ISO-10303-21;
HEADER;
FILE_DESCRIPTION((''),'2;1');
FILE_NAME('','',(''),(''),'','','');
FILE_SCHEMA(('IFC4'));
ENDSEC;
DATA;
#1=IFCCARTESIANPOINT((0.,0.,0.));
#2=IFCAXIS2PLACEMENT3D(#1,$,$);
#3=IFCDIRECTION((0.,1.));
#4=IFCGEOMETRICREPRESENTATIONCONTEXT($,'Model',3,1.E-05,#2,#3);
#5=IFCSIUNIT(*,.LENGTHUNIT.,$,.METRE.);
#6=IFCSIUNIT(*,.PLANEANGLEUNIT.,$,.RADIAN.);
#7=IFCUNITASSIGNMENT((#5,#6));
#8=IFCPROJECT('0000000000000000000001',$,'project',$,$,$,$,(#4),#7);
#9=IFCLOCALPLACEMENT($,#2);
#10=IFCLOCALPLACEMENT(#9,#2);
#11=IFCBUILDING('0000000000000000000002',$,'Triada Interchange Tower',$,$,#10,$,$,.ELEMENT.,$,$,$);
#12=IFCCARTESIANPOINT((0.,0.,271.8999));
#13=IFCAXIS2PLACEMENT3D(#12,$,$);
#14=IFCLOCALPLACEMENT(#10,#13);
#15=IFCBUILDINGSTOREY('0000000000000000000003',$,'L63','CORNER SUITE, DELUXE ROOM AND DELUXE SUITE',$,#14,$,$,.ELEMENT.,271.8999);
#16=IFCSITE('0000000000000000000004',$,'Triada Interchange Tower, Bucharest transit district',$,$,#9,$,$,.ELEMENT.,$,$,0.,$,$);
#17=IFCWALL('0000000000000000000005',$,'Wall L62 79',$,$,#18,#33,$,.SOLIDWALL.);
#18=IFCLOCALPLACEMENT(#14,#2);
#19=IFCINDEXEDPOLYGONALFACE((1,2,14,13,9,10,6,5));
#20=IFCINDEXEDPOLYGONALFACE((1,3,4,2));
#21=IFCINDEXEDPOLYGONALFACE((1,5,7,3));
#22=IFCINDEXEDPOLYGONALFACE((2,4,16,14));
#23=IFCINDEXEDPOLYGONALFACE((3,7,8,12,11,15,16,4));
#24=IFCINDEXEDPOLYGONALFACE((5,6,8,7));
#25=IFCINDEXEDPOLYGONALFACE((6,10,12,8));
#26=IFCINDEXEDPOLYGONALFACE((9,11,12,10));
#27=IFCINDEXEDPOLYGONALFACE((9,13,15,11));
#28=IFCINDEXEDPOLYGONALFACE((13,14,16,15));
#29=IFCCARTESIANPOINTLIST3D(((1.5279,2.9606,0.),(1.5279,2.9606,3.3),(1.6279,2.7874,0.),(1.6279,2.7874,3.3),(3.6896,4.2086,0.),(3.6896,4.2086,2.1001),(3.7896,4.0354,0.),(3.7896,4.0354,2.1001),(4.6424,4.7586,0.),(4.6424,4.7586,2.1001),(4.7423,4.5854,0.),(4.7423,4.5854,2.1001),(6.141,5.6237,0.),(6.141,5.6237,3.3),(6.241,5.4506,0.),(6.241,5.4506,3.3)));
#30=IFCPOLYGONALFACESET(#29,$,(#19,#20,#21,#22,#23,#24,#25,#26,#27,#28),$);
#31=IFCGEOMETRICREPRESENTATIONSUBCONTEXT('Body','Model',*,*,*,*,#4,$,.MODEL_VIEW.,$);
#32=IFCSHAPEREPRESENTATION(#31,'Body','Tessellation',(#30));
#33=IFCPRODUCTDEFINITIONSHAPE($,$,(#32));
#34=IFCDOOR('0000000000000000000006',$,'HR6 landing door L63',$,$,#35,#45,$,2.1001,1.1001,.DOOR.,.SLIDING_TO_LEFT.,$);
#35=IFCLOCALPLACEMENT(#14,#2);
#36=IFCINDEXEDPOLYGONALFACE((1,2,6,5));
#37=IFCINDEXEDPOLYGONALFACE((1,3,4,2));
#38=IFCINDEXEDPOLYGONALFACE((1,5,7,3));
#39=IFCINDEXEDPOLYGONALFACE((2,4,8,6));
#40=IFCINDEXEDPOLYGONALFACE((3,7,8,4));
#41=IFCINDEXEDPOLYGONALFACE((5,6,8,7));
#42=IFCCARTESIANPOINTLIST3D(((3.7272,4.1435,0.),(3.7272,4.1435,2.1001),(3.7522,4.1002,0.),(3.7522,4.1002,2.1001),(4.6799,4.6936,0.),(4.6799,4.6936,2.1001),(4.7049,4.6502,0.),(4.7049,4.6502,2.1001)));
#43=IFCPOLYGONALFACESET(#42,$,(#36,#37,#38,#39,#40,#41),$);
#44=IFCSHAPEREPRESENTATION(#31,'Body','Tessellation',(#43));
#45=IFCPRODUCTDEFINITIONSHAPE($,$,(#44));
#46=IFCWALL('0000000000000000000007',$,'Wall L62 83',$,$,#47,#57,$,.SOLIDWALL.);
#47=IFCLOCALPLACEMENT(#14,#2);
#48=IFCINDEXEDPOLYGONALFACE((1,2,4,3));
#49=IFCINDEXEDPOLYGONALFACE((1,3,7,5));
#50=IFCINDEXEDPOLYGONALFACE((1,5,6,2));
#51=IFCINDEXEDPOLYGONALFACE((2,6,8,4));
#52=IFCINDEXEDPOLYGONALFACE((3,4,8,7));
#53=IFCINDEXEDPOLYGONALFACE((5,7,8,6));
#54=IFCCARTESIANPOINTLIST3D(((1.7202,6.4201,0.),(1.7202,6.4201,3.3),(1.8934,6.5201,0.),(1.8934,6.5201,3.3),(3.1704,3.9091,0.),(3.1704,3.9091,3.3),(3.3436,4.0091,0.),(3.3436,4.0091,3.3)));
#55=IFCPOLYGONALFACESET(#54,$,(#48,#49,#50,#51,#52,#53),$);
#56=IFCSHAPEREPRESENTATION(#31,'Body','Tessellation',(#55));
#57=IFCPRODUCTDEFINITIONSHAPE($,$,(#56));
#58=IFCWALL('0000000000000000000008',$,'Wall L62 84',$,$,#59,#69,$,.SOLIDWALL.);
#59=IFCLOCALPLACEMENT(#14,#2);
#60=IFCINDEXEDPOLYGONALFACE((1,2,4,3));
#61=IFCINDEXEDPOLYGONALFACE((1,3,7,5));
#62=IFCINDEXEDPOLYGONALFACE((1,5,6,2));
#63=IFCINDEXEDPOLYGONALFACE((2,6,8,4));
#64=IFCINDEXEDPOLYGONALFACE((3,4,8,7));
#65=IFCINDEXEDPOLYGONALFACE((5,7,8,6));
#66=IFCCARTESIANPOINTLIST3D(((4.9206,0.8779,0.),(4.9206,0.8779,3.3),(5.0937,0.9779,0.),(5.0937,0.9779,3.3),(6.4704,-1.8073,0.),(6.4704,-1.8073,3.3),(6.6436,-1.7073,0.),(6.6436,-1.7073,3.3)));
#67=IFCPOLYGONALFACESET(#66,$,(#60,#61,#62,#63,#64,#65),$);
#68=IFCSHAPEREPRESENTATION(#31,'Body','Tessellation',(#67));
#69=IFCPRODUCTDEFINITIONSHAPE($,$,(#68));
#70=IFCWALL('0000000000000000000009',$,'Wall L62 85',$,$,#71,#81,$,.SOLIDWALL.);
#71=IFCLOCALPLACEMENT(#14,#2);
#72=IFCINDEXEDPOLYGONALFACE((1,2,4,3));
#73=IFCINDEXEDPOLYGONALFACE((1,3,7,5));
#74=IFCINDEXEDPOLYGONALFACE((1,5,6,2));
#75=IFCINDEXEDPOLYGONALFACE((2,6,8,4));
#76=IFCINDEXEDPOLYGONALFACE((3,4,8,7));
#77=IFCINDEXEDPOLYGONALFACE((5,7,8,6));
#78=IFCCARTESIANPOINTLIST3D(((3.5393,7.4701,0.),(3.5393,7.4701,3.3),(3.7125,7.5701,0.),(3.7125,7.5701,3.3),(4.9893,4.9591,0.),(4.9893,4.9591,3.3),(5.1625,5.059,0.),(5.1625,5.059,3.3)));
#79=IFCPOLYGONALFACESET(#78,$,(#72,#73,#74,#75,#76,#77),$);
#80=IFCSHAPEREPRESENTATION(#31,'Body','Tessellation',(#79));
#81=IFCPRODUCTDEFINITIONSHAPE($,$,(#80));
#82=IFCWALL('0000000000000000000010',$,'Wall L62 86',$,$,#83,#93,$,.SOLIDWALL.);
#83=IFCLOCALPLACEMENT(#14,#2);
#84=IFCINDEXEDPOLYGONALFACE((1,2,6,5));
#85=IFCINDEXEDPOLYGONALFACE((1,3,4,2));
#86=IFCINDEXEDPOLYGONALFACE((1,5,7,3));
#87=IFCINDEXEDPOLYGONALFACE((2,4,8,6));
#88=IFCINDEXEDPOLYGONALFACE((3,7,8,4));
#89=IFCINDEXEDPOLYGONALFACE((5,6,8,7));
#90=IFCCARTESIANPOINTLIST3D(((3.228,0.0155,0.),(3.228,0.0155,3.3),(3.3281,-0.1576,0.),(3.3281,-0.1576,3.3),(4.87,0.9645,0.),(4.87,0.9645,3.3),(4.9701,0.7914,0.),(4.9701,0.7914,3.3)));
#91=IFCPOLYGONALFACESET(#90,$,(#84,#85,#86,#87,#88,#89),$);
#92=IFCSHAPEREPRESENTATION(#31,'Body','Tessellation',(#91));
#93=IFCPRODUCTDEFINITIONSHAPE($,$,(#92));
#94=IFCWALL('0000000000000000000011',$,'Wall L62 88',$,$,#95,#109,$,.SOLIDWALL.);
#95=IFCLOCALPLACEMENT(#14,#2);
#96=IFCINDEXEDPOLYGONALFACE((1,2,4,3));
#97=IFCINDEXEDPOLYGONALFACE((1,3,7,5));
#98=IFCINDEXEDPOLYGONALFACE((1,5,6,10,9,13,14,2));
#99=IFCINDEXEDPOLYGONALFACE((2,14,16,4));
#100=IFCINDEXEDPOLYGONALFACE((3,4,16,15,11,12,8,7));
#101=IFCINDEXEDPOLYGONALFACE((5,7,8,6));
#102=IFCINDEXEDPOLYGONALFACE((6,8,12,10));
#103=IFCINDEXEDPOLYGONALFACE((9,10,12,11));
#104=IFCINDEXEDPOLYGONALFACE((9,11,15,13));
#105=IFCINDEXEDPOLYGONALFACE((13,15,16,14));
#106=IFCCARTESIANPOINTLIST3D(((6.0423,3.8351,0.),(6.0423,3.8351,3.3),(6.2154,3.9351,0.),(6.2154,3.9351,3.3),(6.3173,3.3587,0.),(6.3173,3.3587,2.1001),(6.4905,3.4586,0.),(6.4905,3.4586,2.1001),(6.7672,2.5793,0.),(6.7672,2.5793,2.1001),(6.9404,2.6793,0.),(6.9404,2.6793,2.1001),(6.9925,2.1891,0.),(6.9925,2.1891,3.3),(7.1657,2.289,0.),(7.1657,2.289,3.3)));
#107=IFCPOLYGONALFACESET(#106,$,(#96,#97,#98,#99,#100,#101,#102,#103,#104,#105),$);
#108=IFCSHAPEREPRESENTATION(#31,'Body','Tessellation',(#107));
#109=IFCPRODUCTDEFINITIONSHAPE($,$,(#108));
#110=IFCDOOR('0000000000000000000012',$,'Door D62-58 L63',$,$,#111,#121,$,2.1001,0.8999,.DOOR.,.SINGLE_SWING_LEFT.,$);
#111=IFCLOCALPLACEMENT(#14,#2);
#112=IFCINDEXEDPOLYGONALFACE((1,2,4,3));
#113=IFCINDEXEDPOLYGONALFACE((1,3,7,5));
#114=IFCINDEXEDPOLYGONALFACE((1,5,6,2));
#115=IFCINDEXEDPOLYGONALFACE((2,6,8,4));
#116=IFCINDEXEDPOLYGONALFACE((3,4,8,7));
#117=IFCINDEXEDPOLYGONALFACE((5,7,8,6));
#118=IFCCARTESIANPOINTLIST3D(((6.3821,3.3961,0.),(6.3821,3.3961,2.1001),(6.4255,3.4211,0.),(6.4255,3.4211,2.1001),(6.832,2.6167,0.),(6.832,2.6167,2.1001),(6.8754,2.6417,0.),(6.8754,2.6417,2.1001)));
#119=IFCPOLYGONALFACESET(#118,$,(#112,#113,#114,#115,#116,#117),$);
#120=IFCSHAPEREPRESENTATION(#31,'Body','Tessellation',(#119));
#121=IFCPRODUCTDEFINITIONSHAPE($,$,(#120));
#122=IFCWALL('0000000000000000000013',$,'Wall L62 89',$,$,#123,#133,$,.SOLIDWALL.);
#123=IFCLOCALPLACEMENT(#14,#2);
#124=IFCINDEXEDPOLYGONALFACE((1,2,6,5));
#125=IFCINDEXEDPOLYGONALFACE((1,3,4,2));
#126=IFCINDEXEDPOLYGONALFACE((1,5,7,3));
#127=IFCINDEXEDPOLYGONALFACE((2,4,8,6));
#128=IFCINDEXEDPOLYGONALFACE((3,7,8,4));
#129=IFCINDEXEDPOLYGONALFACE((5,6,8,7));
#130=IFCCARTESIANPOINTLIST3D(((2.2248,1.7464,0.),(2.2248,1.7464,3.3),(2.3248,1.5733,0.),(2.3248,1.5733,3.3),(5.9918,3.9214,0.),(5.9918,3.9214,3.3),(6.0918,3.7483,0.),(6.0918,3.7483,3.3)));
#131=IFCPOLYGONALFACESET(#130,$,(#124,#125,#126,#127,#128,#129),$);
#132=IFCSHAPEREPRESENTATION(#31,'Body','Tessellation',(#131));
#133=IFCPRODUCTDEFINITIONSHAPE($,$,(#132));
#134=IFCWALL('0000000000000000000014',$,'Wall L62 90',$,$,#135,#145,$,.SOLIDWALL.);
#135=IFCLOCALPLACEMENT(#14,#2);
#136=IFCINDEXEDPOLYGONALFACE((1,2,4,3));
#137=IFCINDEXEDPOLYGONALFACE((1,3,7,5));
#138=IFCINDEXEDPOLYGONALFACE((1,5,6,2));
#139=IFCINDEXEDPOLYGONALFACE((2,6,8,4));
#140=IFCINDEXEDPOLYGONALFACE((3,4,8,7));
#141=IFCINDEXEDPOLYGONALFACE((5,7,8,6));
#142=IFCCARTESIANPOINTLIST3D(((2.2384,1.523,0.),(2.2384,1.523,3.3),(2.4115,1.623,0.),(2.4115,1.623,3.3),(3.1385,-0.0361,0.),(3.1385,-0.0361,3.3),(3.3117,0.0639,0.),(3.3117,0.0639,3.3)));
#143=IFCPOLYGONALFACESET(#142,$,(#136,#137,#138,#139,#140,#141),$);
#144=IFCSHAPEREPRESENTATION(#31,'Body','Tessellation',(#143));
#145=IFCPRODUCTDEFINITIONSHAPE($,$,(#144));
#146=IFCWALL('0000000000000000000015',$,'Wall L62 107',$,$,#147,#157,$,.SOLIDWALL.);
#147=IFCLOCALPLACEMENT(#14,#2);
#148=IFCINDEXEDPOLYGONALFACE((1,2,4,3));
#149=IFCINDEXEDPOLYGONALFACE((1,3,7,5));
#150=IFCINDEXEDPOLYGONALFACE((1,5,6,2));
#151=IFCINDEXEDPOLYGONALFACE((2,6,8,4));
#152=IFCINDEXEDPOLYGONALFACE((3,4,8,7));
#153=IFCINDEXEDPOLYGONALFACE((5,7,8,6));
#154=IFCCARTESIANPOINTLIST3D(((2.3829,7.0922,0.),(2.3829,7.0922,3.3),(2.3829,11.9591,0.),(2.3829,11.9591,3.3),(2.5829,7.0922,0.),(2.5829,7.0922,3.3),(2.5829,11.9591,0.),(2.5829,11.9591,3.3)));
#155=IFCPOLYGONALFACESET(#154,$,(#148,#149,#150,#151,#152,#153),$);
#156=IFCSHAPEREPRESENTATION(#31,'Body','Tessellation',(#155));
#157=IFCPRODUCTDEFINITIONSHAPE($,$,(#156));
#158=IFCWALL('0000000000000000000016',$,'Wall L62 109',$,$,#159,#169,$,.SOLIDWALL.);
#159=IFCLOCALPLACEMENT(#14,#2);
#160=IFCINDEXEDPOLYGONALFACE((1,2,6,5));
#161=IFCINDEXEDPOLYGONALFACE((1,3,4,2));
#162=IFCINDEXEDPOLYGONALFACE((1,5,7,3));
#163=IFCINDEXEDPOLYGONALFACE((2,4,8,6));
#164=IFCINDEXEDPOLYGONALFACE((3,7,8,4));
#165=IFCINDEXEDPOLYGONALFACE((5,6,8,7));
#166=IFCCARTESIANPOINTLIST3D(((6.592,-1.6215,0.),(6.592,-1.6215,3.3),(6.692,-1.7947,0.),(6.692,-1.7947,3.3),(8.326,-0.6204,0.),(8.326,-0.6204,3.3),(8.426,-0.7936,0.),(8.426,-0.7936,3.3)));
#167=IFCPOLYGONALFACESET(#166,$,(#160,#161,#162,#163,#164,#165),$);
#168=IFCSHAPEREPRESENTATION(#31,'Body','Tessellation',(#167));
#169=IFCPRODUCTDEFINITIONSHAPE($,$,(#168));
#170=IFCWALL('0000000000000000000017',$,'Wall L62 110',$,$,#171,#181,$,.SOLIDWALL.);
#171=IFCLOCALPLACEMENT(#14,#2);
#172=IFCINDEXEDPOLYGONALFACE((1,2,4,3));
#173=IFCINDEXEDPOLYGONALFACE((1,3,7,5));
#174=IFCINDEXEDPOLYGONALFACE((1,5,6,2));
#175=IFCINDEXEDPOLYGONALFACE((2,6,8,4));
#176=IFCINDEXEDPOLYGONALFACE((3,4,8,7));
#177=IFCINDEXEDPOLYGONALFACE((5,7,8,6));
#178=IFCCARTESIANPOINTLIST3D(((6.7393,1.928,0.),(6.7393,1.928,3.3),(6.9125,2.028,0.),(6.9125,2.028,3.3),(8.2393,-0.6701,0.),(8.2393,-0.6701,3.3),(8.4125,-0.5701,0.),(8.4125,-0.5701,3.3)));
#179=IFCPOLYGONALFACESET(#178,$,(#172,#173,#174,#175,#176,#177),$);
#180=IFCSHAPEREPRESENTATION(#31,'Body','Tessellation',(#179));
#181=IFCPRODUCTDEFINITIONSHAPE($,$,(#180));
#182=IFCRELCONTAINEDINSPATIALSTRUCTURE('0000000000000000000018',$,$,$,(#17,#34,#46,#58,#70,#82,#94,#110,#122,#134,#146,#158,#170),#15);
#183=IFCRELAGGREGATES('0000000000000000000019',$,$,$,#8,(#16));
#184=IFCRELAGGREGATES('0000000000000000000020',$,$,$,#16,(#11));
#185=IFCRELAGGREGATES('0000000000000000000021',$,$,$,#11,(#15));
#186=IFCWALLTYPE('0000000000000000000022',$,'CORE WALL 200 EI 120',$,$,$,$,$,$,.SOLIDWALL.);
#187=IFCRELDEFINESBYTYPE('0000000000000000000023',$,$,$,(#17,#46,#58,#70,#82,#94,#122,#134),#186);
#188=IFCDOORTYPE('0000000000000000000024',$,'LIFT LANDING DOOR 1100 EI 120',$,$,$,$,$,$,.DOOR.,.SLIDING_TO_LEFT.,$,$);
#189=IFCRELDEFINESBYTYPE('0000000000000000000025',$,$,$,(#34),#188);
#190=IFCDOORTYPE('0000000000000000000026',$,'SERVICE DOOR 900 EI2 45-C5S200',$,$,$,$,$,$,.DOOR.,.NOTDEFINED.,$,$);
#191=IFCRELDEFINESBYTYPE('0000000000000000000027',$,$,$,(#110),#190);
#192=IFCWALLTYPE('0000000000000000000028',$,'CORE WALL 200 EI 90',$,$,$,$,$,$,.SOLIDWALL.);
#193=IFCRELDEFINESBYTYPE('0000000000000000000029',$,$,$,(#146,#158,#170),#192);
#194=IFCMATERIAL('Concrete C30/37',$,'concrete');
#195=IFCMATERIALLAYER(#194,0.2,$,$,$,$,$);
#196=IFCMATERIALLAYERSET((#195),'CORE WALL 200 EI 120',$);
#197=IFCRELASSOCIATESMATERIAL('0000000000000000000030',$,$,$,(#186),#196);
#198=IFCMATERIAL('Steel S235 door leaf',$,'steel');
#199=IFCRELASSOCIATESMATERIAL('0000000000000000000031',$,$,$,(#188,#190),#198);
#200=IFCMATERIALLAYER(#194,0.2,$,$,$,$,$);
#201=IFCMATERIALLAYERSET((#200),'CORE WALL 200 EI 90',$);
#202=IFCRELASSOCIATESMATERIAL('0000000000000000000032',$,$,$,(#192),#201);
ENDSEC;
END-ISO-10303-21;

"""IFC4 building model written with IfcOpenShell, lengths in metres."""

from ifc_helpers import new_model, si_unit, direction, frame, frame_2d, origin, place, context, subcontext, project, spatial, rectangle, extrude, material, layer, layer_set, type_object, element, fill, save


model = new_model("IFC4")

# Units and contexts
model_context = context("Model", 3, precision=1e-05, world=origin(), true_north=direction((0.0, 1.0)))
body_context = subcontext(model_context, "Body", "Model", "MODEL_VIEW")
ifc_project = project(units=[si_unit("LENGTHUNIT", "METRE"), si_unit("PLANEANGLEUNIT", "RADIAN")], contexts=[model_context])

# Site, building, storey
site_placement = place(None, origin())
site = spatial("IfcSite", under=ifc_project, at=site_placement, Name="Triada Interchange Tower, Bucharest transit district", CompositionType="ELEMENT", RefElevation=0.0)
building_placement = place(site_placement, origin())
building = spatial("IfcBuilding", under=site, at=building_placement, Name="Triada Interchange Tower", CompositionType="ELEMENT")
storey_placement = place(building_placement, frame((0.0, 0.0, 271.8999)))
storey = spatial("IfcBuildingStorey", under=building, at=storey_placement, Name="L63", Description="CORNER SUITE, DELUXE ROOM AND DELUXE SUITE", CompositionType="ELEMENT", Elevation=271.8999)

# Shared definitions
ifc_material_1 = material(Name="Concrete C30/37", Category="concrete")
ifc_layer_1 = layer(ifc_material_1, 0.2)
ifc_layer_set_1 = layer_set([ifc_layer_1], Name="CORE WALL 200 EI 120")
wall_type_1 = type_object("IfcWallType", Name="CORE WALL 200 EI 120", PredefinedType="SOLIDWALL", material=ifc_layer_set_1)
ifc_material_2 = material(Name="Steel S235 door leaf", Category="steel")
door_type_1 = type_object("IfcDoorType", Name="LIFT LANDING DOOR 1100 EI 120", OperationType="SLIDING_TO_LEFT", PredefinedType="DOOR", material=ifc_material_2)

# Wall, opening, door
wall_1_placement = place(storey_placement, frame((1.5779, 2.874, 0.0), z_axis=(0.0, 0.0, 1.0), x_axis=(0.866046, 0.499964, 0.0)))
wall_1 = element("IfcWall", 1, at=wall_1_placement, inside=storey, type_object=wall_type_1, Name="Wall L62 79", PredefinedType="SOLIDWALL", context=body_context, shape_type="SweptSolid", body=[
    extrude(rectangle(XDim=5.3267, YDim=0.2, at=frame_2d((2.6633, 0.0))), origin(), (0.0, 0.0, 1.0), 3.3),
])
opening_1_placement = place(wall_1_placement, frame((2.4961, 0.0, 0.0)))
opening_1 = element("IfcOpeningElement", 2, at=opening_1_placement, cuts=wall_1, PredefinedType="OPENING", context=body_context, shape_type="SweptSolid", body=[
    extrude(rectangle(XDim=1.1001, YDim=2.1001, at=frame_2d((0.55, 1.05))), frame((0.0, 0.1099, 0.0), z_axis=(0.0, -1.0, 0.0), x_axis=(1.0, 0.0, 0.0)), (0.0, 0.0, 1.0), 0.22),
])
door_1_placement = place(opening_1_placement, origin())
door_1 = element("IfcDoor", 3, at=door_1_placement, inside=storey, type_object=door_type_1, Name="HR6 landing door L63", OperationType="SLIDING_TO_LEFT", OverallHeight=2.1001, OverallWidth=1.1001, PredefinedType="DOOR", context=body_context, shape_type="SweptSolid", body=[
    extrude(rectangle(XDim=1.1001, YDim=2.1001, at=frame_2d((0.55, 1.05))), frame((0.0, 0.0249, 0.0), z_axis=(0.0, -1.0, 0.0), x_axis=(1.0, 0.0, 0.0)), (0.0, 0.0, 1.0), 0.05),
])
fill(opening_1, door_1)

# Walls
wall_2_placement = place(storey_placement, frame((1.8069, 6.47, 0.0), z_axis=(0.0, 0.0, 1.0), x_axis=(0.500123, -0.865954, 0.0)))
element("IfcWall", 4, at=wall_2_placement, inside=storey, type_object=wall_type_1, Name="Wall L62 83", PredefinedType="SOLIDWALL", context=body_context, shape_type="SweptSolid", body=[
    extrude(rectangle(XDim=2.8997, YDim=0.2, at=frame_2d((1.4497, 0.0))), origin(), (0.0, 0.0, 1.0), 3.3),
])
wall_3_placement = place(storey_placement, frame((5.0071, 0.928, 0.0), z_axis=(0.0, 0.0, 1.0), x_axis=(0.4999, -0.866083, 0.0)))
element("IfcWall", 5, at=wall_3_placement, inside=storey, type_object=wall_type_1, Name="Wall L62 84", PredefinedType="SOLIDWALL", context=body_context, shape_type="SweptSolid", body=[
    extrude(rectangle(XDim=3.1003, YDim=0.2, at=frame_2d((1.5503, 0.0))), origin(), (0.0, 0.0, 1.0), 3.3),
])
wall_4_placement = place(storey_placement, frame((3.626, 7.52, 0.0), z_axis=(0.0, 0.0, 1.0), x_axis=(0.50006, -0.865991, 0.0)))
element("IfcWall", 6, at=wall_4_placement, inside=storey, type_object=wall_type_1, Name="Wall L62 85", PredefinedType="SOLIDWALL", context=body_context, shape_type="SweptSolid", body=[
    extrude(rectangle(XDim=2.8997, YDim=0.2, at=frame_2d((1.4497, 0.0))), origin(), (0.0, 0.0, 1.0), 3.3),
])
wall_5_placement = place(storey_placement, frame((3.2781, -0.071, 0.0), z_axis=(0.0, 0.0, 1.0), x_axis=(0.865785, 0.500417, 0.0)))
element("IfcWall", 7, at=wall_5_placement, inside=storey, type_object=wall_type_1, Name="Wall L62 86", PredefinedType="SOLIDWALL", context=body_context, shape_type="SweptSolid", body=[
    extrude(rectangle(XDim=1.8965, YDim=0.2, at=frame_2d((0.9482, 0.0))), origin(), (0.0, 0.0, 1.0), 3.3),
])

# Wall, opening, door
wall_6_placement = place(storey_placement, frame((6.1289, 3.885, 0.0), z_axis=(0.0, 0.0, 1.0), x_axis=(0.499952, -0.866053, 0.0)))
wall_6 = element("IfcWall", 8, at=wall_6_placement, inside=storey, type_object=wall_type_1, Name="Wall L62 88", PredefinedType="SOLIDWALL", context=body_context, shape_type="SweptSolid", body=[
    extrude(rectangle(XDim=1.9006, YDim=0.2, at=frame_2d((0.9502, 0.0))), origin(), (0.0, 0.0, 1.0), 3.3),
])
opening_2_placement = place(wall_6_placement, frame((0.55, 0.0, 0.0)))
opening_2 = element("IfcOpeningElement", 9, at=opening_2_placement, cuts=wall_6, PredefinedType="OPENING", context=body_context, shape_type="SweptSolid", body=[
    extrude(rectangle(XDim=0.8999, YDim=2.1001, at=frame_2d((0.45, 1.05))), frame((0.0, 0.1099, 0.0), z_axis=(0.0, -1.0, 0.0), x_axis=(1.0, 0.0, 0.0)), (0.0, 0.0, 1.0), 0.22),
])
door_type_2 = type_object("IfcDoorType", Name="SERVICE DOOR 900 EI2 45-C5S200", OperationType="NOTDEFINED", PredefinedType="DOOR", material=ifc_material_2)
door_2_placement = place(opening_2_placement, origin())
door_2 = element("IfcDoor", 10, at=door_2_placement, inside=storey, type_object=door_type_2, Name="Door D62-58 L63", OperationType="SINGLE_SWING_LEFT", OverallHeight=2.1001, OverallWidth=0.8999, PredefinedType="DOOR", context=body_context, shape_type="SweptSolid", body=[
    extrude(rectangle(XDim=0.8999, YDim=2.1001, at=frame_2d((0.45, 1.05))), frame((0.0, 0.0249, 0.0), z_axis=(0.0, -1.0, 0.0), x_axis=(1.0, 0.0, 0.0)), (0.0, 0.0, 1.0), 0.05),
])
fill(opening_2, door_2)

# Walls
wall_7_placement = place(storey_placement, frame((2.2749, 1.6599, 0.0), z_axis=(0.0, 0.0, 1.0), x_axis=(0.866014, 0.50002, 0.0)))
element("IfcWall", 11, at=wall_7_placement, inside=storey, type_object=wall_type_1, Name="Wall L62 89", PredefinedType="SOLIDWALL", context=body_context, shape_type="SweptSolid", body=[
    extrude(rectangle(XDim=4.3499, YDim=0.2, at=frame_2d((2.1748, 0.0))), origin(), (0.0, 0.0, 1.0), 3.3),
])
wall_8_placement = place(storey_placement, frame((2.325, 1.573, 0.0), z_axis=(0.0, 0.0, 1.0), x_axis=(0.500004, -0.866023, 0.0)))
element("IfcWall", 12, at=wall_8_placement, inside=storey, type_object=wall_type_1, Name="Wall L62 90", PredefinedType="SOLIDWALL", context=body_context, shape_type="SweptSolid", body=[
    extrude(rectangle(XDim=1.8003, YDim=0.2, at=frame_2d((0.9001, 0.0))), origin(), (0.0, 0.0, 1.0), 3.3),
])
ifc_layer_2 = layer(ifc_material_1, 0.2)
ifc_layer_set_2 = layer_set([ifc_layer_2], Name="CORE WALL 200 EI 90")
wall_type_2 = type_object("IfcWallType", Name="CORE WALL 200 EI 90", PredefinedType="SOLIDWALL", material=ifc_layer_set_2)
wall_9_placement = place(storey_placement, frame((2.4829, 7.092, 0.0), z_axis=(0.0, 0.0, 1.0), x_axis=(0.0, 1.0, 0.0)))
element("IfcWall", 13, at=wall_9_placement, inside=storey, type_object=wall_type_2, Name="Wall L62 107", PredefinedType="SOLIDWALL", context=body_context, shape_type="SweptSolid", body=[
    extrude(rectangle(XDim=4.8669, YDim=0.2, at=frame_2d((2.4336, 0.0))), origin(), (0.0, 0.0, 1.0), 3.3),
])
wall_10_placement = place(storey_placement, frame((6.6421, -1.708, 0.0), z_axis=(0.0, 0.0, 1.0), x_axis=(0.866043, 0.499969, 0.0)))
element("IfcWall", 14, at=wall_10_placement, inside=storey, type_object=wall_type_2, Name="Wall L62 109", PredefinedType="SOLIDWALL", context=body_context, shape_type="SweptSolid", body=[
    extrude(rectangle(XDim=2.0022, YDim=0.2, at=frame_2d((1.001, 0.0))), origin(), (0.0, 0.0, 1.0), 3.3),
])
wall_11_placement = place(storey_placement, frame((6.8259, 1.978, 0.0), z_axis=(0.0, 0.0, 1.0), x_axis=(0.49999, -0.866031, 0.0)))
element("IfcWall", 15, at=wall_11_placement, inside=storey, type_object=wall_type_2, Name="Wall L62 110", PredefinedType="SOLIDWALL", context=body_context, shape_type="SweptSolid", body=[
    extrude(rectangle(XDim=3.0, YDim=0.2, at=frame_2d((1.5, 0.0))), origin(), (0.0, 0.0, 1.0), 3.3),
])

save(model, "model.ifc")
